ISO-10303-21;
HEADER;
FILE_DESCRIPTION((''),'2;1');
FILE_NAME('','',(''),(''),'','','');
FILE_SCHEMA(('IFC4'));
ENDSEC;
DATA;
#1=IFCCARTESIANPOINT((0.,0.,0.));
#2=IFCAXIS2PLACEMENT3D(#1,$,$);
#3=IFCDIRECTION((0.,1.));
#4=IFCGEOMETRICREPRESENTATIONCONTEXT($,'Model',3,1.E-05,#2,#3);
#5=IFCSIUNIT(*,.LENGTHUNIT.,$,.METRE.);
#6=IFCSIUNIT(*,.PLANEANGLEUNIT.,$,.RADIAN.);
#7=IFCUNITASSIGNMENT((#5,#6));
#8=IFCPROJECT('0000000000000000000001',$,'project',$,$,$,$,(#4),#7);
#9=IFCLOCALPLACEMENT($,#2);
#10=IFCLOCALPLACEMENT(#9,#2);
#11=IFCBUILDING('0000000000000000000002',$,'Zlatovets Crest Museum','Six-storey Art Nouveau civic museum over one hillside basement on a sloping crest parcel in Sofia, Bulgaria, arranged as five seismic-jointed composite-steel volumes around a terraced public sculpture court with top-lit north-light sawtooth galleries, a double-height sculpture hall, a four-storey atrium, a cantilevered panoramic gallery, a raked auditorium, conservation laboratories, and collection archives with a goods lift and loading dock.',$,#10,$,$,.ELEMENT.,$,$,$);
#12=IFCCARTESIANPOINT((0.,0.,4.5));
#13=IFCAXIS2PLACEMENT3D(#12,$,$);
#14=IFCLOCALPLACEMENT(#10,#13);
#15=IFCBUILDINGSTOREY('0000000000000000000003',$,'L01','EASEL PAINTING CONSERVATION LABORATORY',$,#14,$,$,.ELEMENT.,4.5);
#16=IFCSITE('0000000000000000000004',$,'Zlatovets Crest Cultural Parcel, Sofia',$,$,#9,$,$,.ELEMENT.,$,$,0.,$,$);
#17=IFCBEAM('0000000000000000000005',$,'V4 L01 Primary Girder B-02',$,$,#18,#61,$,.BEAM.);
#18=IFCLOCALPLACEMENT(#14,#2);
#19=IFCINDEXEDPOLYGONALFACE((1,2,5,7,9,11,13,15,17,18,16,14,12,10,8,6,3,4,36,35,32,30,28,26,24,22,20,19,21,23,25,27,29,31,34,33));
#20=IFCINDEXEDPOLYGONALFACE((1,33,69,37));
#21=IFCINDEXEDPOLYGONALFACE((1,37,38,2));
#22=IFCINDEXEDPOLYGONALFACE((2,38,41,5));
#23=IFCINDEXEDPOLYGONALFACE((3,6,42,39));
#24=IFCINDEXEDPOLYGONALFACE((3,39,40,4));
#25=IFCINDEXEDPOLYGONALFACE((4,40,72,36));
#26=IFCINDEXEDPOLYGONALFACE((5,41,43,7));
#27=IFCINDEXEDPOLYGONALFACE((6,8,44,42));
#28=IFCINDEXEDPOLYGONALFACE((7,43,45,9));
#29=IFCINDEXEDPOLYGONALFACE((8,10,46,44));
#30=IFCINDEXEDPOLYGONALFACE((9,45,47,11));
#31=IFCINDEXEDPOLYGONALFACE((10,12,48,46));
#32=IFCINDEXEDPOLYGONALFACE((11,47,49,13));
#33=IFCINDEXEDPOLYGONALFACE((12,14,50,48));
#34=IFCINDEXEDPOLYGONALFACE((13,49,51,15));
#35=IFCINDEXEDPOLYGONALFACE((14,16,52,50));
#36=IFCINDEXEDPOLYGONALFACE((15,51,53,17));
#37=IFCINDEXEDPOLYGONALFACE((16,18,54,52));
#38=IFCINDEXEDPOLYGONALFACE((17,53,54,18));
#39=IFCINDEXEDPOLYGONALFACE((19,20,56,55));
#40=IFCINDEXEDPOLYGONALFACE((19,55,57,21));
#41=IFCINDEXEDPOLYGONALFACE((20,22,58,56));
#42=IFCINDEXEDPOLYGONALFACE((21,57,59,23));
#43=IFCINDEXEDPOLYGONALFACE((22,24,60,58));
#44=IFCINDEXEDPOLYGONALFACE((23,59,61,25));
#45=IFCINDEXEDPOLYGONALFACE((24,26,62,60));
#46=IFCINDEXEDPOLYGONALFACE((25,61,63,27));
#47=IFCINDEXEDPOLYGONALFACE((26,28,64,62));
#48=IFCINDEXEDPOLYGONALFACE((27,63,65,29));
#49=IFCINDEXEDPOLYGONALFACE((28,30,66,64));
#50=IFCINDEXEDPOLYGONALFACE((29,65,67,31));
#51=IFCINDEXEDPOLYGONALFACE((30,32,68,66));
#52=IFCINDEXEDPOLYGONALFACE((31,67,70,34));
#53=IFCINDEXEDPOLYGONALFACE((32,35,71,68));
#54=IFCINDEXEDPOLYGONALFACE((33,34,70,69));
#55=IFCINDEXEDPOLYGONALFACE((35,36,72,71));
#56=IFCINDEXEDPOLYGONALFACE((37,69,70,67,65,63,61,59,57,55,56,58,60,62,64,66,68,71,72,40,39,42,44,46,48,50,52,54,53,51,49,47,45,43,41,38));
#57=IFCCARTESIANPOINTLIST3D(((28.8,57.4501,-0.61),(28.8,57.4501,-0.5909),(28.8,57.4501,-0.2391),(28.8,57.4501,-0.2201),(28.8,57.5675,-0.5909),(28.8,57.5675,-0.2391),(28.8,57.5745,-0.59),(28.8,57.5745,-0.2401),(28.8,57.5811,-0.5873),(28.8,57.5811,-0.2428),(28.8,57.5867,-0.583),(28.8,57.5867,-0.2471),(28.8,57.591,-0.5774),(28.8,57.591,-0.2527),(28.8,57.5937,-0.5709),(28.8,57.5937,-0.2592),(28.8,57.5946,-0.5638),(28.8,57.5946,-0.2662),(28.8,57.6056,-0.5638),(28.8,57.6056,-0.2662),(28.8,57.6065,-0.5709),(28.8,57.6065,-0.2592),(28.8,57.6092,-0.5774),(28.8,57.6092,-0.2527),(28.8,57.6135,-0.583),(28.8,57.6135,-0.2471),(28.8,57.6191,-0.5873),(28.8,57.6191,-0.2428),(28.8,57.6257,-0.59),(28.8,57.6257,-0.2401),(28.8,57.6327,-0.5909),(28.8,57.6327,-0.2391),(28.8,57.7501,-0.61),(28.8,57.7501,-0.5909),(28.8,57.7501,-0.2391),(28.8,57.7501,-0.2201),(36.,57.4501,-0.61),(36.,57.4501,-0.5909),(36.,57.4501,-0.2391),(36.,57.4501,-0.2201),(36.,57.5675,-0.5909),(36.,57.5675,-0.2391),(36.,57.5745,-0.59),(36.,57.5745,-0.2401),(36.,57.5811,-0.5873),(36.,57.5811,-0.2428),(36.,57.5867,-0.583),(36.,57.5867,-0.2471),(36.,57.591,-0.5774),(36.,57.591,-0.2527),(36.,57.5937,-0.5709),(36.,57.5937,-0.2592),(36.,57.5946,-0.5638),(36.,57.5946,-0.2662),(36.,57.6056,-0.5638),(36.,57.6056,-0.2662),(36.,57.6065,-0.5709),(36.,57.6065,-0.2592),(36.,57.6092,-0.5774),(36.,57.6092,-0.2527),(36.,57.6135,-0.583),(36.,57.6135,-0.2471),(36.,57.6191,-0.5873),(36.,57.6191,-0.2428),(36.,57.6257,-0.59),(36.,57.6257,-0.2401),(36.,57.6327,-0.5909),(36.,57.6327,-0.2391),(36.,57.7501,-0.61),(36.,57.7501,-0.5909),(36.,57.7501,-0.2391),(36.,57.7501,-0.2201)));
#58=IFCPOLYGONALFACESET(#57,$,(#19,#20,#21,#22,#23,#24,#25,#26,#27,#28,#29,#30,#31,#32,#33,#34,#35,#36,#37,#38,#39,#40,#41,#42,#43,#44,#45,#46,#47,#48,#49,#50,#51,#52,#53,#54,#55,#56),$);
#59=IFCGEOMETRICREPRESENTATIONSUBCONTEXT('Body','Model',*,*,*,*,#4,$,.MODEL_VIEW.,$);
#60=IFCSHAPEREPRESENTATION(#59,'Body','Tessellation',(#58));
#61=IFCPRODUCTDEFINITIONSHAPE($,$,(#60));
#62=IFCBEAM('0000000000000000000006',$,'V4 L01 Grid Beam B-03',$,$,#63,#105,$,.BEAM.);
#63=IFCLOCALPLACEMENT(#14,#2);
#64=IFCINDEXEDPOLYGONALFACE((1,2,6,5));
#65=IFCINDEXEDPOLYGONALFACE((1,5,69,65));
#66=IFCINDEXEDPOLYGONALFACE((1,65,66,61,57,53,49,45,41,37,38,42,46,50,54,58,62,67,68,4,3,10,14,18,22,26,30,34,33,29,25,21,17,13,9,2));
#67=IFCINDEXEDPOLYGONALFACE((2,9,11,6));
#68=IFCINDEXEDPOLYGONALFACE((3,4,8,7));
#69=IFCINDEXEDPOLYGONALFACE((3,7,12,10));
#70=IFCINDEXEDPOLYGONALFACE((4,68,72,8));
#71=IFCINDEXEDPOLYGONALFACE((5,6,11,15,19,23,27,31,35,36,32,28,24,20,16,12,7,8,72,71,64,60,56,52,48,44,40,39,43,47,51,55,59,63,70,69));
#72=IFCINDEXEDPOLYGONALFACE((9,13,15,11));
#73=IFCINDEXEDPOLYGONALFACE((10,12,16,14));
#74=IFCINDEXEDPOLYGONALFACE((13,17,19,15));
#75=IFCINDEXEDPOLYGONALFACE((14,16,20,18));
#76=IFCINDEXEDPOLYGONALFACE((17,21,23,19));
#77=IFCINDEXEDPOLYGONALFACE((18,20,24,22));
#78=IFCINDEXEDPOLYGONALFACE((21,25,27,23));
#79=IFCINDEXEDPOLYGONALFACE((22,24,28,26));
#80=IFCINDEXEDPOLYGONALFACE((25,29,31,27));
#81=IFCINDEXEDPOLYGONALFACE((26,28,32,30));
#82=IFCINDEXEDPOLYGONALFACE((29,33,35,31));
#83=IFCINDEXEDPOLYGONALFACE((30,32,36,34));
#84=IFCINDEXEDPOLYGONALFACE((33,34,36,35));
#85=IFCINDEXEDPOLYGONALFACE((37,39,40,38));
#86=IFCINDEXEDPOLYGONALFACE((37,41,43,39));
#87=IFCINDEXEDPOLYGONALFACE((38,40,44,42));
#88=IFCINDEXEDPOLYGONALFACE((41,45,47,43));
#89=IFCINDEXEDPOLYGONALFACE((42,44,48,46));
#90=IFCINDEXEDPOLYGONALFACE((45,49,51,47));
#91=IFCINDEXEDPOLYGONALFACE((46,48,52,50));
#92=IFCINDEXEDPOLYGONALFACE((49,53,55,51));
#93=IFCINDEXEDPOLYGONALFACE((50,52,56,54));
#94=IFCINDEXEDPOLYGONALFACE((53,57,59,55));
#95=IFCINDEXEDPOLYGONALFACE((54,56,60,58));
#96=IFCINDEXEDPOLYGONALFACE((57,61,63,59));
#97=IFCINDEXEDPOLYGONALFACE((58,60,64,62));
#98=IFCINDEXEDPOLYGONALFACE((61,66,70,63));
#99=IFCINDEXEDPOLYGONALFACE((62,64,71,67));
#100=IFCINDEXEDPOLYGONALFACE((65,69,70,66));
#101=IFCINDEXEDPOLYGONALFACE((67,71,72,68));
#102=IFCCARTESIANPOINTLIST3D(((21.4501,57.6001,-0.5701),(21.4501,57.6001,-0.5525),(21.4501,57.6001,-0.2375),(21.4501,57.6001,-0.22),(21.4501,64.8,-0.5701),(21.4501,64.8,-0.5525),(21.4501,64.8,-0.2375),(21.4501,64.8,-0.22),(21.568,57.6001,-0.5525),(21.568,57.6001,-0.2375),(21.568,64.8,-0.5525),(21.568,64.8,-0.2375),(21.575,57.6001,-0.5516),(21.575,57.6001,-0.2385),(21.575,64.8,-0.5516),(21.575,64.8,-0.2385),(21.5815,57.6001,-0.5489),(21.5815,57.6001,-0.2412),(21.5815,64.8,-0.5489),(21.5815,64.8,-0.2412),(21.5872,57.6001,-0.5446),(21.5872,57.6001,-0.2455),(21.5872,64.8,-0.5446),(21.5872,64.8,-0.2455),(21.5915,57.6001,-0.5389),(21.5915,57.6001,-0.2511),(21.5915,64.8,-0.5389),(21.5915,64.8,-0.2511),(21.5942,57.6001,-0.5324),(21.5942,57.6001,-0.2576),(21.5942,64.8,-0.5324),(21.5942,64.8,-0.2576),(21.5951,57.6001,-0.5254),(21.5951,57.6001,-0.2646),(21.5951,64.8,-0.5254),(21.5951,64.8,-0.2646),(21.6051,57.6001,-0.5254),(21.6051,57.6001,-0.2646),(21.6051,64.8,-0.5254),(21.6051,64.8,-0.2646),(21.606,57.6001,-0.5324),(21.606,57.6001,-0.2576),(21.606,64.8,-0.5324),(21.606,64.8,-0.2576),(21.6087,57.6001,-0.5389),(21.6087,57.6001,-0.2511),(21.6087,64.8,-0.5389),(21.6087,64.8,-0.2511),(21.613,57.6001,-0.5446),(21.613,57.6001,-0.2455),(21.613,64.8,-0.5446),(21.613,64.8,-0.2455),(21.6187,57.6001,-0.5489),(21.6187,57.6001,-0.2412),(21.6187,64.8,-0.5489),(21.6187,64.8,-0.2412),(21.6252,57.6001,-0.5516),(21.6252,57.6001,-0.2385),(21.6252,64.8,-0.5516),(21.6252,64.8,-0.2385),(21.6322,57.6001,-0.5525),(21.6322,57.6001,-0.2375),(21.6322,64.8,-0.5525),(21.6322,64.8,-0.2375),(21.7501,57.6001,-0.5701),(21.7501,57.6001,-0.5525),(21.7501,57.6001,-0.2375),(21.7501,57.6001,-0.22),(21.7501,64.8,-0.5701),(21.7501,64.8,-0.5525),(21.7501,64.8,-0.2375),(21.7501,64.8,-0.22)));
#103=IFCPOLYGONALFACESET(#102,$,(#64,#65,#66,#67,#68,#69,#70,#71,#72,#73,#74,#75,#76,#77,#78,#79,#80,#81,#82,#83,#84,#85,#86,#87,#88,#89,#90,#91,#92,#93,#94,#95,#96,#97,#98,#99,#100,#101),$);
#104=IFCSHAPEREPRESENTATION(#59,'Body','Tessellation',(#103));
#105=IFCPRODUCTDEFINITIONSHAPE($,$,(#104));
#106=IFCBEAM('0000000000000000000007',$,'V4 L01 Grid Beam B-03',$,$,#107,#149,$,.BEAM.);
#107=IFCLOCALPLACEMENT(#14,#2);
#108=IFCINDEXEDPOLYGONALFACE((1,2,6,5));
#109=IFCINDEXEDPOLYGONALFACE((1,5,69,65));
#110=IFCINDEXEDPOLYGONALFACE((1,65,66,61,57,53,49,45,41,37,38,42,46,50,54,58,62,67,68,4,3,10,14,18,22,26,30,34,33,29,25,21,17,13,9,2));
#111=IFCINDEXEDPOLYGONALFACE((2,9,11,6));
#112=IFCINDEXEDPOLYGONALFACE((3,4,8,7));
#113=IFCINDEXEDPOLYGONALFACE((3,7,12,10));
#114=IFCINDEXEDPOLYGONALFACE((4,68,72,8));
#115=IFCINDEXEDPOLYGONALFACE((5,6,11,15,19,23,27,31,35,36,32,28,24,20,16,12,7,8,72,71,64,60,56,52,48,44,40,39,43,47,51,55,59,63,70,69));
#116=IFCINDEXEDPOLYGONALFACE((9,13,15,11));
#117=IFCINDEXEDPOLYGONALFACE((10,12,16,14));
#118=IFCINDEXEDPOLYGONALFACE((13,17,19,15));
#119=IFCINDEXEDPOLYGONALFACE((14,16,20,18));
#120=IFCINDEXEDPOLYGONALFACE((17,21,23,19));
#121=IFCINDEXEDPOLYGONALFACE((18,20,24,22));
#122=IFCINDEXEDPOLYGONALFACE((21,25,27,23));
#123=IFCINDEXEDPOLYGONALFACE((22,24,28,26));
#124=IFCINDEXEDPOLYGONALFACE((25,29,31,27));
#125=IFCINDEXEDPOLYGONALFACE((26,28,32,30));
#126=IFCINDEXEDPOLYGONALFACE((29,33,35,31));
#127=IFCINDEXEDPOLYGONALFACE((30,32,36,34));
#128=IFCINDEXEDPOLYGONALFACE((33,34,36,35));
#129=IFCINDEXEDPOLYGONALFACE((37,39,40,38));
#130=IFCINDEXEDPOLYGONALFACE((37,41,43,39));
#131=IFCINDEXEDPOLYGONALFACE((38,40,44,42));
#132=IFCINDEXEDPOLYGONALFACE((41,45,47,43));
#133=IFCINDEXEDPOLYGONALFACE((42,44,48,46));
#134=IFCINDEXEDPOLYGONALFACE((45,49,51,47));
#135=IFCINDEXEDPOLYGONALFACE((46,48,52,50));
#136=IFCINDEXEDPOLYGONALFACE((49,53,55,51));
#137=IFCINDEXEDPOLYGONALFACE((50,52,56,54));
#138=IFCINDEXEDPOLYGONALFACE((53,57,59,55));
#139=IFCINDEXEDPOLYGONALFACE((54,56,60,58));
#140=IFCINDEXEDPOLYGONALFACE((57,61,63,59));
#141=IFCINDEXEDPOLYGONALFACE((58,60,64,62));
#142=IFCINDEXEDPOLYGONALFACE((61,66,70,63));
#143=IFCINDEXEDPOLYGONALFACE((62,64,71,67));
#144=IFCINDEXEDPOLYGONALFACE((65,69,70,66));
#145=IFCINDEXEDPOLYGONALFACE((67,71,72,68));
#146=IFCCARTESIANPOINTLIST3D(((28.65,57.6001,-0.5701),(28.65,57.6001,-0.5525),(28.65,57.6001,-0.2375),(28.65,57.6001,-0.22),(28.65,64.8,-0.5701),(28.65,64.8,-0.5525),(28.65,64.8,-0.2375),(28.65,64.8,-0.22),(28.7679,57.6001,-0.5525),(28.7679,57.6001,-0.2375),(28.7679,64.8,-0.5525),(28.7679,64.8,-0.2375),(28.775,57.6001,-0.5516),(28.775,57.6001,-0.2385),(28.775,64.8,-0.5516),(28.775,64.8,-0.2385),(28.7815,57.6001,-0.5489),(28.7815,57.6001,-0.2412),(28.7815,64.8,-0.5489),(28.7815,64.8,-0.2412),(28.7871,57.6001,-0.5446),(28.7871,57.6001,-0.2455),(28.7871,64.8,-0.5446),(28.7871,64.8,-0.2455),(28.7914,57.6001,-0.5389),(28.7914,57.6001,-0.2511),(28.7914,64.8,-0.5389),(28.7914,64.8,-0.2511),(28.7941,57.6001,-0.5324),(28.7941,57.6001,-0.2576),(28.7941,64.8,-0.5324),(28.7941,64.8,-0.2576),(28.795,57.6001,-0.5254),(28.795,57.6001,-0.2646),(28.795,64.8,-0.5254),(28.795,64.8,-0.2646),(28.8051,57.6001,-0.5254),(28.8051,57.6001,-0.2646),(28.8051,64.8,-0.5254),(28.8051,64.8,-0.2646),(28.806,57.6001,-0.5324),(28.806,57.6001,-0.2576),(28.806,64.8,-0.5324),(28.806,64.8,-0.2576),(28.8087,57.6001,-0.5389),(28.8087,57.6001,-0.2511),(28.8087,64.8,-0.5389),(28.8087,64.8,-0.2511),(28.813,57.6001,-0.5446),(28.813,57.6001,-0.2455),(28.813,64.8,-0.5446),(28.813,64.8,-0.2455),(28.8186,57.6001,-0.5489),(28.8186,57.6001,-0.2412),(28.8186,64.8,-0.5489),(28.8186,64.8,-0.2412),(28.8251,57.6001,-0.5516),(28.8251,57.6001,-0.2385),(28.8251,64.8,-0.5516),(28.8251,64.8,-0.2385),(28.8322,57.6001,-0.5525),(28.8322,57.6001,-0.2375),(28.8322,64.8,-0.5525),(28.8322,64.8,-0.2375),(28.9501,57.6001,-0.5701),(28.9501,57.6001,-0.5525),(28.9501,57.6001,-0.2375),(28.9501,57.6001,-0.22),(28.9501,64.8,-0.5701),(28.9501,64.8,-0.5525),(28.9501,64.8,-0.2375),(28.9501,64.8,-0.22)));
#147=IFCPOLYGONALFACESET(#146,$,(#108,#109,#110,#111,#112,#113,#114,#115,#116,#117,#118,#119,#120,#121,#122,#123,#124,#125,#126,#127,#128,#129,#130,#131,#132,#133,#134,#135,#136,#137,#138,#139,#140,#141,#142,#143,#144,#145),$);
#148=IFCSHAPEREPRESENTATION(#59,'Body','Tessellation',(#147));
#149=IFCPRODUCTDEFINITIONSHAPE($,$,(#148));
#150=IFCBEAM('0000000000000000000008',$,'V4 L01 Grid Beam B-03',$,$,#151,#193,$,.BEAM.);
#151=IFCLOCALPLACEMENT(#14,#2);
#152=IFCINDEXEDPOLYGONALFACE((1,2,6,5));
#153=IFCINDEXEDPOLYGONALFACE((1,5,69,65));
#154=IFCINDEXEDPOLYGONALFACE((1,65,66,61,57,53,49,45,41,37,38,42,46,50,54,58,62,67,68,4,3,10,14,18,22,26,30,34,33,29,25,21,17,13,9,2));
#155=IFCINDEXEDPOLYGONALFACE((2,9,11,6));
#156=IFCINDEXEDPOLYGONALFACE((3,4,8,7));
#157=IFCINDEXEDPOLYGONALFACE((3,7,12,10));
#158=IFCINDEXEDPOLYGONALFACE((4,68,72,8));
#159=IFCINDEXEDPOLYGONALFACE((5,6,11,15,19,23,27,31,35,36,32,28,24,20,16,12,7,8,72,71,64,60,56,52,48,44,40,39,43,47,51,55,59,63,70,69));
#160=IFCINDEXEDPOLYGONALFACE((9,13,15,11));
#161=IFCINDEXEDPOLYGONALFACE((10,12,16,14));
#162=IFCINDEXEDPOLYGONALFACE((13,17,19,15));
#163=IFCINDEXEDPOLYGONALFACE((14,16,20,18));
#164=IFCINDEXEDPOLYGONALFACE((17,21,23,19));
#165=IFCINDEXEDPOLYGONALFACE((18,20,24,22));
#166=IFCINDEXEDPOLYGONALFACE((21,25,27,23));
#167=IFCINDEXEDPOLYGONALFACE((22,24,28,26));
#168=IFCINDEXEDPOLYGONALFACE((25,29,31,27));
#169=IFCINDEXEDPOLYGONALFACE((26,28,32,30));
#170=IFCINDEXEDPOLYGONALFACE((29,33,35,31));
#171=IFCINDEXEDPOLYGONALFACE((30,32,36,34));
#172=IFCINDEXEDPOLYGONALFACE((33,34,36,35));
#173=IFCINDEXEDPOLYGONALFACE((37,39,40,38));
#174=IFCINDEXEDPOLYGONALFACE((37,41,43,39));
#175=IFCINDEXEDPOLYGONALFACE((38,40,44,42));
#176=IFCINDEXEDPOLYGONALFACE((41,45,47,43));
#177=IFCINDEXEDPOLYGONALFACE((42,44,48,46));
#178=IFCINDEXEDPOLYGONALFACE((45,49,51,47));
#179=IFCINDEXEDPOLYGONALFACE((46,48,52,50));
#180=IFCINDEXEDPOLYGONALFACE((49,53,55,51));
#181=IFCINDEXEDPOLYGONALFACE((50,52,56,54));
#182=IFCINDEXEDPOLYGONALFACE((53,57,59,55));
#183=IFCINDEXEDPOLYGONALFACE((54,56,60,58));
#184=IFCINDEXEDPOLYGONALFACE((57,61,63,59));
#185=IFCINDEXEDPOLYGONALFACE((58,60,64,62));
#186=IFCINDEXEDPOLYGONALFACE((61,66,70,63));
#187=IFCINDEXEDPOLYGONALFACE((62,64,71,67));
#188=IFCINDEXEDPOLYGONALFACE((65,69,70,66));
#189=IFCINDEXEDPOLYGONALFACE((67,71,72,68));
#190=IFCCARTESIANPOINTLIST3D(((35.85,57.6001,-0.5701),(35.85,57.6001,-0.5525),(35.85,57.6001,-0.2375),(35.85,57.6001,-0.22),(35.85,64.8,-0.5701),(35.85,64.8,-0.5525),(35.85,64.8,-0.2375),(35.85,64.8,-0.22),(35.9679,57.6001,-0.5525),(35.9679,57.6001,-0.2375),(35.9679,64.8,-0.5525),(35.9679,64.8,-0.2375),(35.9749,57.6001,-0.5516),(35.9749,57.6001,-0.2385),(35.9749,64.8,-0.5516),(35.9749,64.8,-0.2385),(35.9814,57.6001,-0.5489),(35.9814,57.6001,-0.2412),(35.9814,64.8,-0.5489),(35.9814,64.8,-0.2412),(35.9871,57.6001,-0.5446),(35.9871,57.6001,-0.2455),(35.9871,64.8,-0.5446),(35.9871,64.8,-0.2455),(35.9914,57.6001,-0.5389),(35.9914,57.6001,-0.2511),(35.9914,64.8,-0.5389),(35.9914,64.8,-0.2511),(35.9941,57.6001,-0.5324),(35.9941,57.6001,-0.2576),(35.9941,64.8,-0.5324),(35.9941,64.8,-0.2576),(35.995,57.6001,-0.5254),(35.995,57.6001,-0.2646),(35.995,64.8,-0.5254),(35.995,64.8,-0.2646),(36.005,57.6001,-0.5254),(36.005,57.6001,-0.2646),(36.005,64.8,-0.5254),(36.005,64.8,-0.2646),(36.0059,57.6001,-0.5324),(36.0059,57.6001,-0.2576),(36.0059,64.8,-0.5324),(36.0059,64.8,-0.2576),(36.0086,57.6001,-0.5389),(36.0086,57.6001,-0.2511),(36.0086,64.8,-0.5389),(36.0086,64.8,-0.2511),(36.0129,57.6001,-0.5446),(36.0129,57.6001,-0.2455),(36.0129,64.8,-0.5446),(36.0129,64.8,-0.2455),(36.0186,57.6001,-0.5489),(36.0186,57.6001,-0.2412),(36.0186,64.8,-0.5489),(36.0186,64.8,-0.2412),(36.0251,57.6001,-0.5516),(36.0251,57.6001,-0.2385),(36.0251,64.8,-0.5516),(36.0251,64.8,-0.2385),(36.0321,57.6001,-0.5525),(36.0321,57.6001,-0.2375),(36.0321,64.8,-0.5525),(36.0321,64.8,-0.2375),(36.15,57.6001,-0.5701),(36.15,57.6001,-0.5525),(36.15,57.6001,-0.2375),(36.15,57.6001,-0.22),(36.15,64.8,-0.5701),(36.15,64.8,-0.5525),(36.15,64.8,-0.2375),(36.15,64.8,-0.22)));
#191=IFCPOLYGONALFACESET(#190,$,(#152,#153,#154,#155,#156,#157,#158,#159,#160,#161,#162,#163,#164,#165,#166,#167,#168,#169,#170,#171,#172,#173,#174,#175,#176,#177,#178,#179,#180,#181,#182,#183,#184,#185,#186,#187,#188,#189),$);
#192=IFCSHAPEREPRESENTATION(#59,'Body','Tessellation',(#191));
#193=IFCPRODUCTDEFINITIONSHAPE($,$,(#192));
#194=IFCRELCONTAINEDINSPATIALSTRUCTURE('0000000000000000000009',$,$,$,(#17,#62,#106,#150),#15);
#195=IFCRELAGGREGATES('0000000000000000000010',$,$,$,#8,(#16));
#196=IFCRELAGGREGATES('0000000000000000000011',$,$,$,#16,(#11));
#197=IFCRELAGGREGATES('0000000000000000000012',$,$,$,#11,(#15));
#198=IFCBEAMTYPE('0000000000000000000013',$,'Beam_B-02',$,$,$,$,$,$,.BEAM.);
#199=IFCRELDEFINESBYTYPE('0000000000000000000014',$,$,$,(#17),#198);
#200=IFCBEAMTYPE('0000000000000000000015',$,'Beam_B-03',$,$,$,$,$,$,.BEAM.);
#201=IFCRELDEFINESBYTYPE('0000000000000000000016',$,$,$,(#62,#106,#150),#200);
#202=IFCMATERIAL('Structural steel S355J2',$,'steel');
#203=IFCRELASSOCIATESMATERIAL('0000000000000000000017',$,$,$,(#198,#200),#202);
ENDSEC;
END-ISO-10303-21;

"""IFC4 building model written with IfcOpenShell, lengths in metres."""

from ifc_helpers import new_model, si_unit, direction, frame, origin, origin_2d, place, context, subcontext, project, spatial, i_section, extrude, material, material_profile, profile_set, type_object, element, save


model = new_model("IFC4")

# Units and contexts
model_context = context("Model", 3, precision=1e-05, world=origin(), true_north=direction((0.0, 1.0)))
body_context = subcontext(model_context, "Body", "Model", "MODEL_VIEW")
ifc_project = project(units=[si_unit("LENGTHUNIT", "METRE"), si_unit("PLANEANGLEUNIT", "RADIAN")], contexts=[model_context])

# Site, building, storey
site_placement = place(None, origin())
site = spatial("IfcSite", under=ifc_project, at=site_placement, Name="Zlatovets Crest Cultural Parcel, Sofia", CompositionType="ELEMENT", RefElevation=0.0)
building_placement = place(site_placement, origin())
building = spatial("IfcBuilding", under=site, at=building_placement, Name="Zlatovets Crest Museum", Description="Six-storey Art Nouveau civic museum over one hillside basement on a sloping crest parcel in Sofia, Bulgaria, arranged as five seismic-jointed composite-steel volumes around a terraced public sculpture court with top-lit north-light sawtooth galleries, a double-height sculpture hall, a four-storey atrium, a cantilevered panoramic gallery, a raked auditorium, conservation laboratories, and collection archives with a goods lift and loading dock.", CompositionType="ELEMENT")
storey_placement = place(building_placement, frame((0.0, 0.0, 4.5)))
storey = spatial("IfcBuildingStorey", under=building, at=storey_placement, Name="L01", Description="EASEL PAINTING CONSERVATION LABORATORY", CompositionType="ELEMENT", Elevation=4.5)

# Shared definitions
ifc_material_1 = material(Name="Structural steel S355J2", Category="steel")

# Beams
ifc_material_profile_1 = material_profile(ifc_material_1, i_section(OverallWidth=0.3, OverallDepth=0.3899, WebThickness=0.011, FlangeThickness=0.019, FilletRadius=0.0271, at=origin_2d()), Name="HEA 400")
ifc_profile_set_1 = profile_set([ifc_material_profile_1], Name="Structural steel S355J2")
beam_type_1 = type_object("IfcBeamType", Name="Beam_B-02", PredefinedType="BEAM", material=ifc_profile_set_1)
for number, where, z_axis, x_axis, name in (
    (1, (28.8, 57.6001, -0.415), (1.0, 0.0, 0.0), (0.0, 1.0, 0.0), "V4 L01 Primary Girder B-02"),
):
    element("IfcBeam", number, at=place(storey_placement, frame(where, z_axis=z_axis, x_axis=x_axis)), inside=storey, type_object=beam_type_1, Name=name, PredefinedType="BEAM", context=body_context, shape_type="SweptSolid", body=[
        extrude(i_section(OverallWidth=0.3, OverallDepth=0.3899, WebThickness=0.011, FlangeThickness=0.019, FilletRadius=0.0271, at=origin_2d()), origin(), (0.0, 0.0, 1.0), 7.2),
    ])
ifc_material_profile_2 = material_profile(ifc_material_1, i_section(OverallWidth=0.3, OverallDepth=0.3501, WebThickness=0.01, FlangeThickness=0.0176, FilletRadius=0.0271, at=origin_2d()), Name="HEA 360")
ifc_profile_set_2 = profile_set([ifc_material_profile_2], Name="Structural steel S355J2")
beam_type_2 = type_object("IfcBeamType", Name="Beam_B-03", PredefinedType="BEAM", material=ifc_profile_set_2)
for number, where, z_axis, x_axis, name in (
    (2, (21.6001, 57.6001, -0.395), (0.0, 1.0, 0.0), (-1.0, 0.0, 0.0), "V4 L01 Grid Beam B-03"),
    (3, (28.8, 57.6001, -0.395), (0.0, 1.0, 0.0), (-1.0, 0.0, 0.0), "V4 L01 Grid Beam B-03"),
    (4, (36.0, 57.6001, -0.395), (0.0, 1.0, 0.0), (-1.0, 0.0, 0.0), "V4 L01 Grid Beam B-03"),
):
    element("IfcBeam", number, at=place(storey_placement, frame(where, z_axis=z_axis, x_axis=x_axis)), inside=storey, type_object=beam_type_2, Name=name, PredefinedType="BEAM", context=body_context, shape_type="SweptSolid", body=[
        extrude(i_section(OverallWidth=0.3, OverallDepth=0.3501, WebThickness=0.01, FlangeThickness=0.0176, FilletRadius=0.0271, at=origin_2d()), origin(), (0.0, 0.0, 1.0), 7.2),
    ])

save(model, "model.ifc")
